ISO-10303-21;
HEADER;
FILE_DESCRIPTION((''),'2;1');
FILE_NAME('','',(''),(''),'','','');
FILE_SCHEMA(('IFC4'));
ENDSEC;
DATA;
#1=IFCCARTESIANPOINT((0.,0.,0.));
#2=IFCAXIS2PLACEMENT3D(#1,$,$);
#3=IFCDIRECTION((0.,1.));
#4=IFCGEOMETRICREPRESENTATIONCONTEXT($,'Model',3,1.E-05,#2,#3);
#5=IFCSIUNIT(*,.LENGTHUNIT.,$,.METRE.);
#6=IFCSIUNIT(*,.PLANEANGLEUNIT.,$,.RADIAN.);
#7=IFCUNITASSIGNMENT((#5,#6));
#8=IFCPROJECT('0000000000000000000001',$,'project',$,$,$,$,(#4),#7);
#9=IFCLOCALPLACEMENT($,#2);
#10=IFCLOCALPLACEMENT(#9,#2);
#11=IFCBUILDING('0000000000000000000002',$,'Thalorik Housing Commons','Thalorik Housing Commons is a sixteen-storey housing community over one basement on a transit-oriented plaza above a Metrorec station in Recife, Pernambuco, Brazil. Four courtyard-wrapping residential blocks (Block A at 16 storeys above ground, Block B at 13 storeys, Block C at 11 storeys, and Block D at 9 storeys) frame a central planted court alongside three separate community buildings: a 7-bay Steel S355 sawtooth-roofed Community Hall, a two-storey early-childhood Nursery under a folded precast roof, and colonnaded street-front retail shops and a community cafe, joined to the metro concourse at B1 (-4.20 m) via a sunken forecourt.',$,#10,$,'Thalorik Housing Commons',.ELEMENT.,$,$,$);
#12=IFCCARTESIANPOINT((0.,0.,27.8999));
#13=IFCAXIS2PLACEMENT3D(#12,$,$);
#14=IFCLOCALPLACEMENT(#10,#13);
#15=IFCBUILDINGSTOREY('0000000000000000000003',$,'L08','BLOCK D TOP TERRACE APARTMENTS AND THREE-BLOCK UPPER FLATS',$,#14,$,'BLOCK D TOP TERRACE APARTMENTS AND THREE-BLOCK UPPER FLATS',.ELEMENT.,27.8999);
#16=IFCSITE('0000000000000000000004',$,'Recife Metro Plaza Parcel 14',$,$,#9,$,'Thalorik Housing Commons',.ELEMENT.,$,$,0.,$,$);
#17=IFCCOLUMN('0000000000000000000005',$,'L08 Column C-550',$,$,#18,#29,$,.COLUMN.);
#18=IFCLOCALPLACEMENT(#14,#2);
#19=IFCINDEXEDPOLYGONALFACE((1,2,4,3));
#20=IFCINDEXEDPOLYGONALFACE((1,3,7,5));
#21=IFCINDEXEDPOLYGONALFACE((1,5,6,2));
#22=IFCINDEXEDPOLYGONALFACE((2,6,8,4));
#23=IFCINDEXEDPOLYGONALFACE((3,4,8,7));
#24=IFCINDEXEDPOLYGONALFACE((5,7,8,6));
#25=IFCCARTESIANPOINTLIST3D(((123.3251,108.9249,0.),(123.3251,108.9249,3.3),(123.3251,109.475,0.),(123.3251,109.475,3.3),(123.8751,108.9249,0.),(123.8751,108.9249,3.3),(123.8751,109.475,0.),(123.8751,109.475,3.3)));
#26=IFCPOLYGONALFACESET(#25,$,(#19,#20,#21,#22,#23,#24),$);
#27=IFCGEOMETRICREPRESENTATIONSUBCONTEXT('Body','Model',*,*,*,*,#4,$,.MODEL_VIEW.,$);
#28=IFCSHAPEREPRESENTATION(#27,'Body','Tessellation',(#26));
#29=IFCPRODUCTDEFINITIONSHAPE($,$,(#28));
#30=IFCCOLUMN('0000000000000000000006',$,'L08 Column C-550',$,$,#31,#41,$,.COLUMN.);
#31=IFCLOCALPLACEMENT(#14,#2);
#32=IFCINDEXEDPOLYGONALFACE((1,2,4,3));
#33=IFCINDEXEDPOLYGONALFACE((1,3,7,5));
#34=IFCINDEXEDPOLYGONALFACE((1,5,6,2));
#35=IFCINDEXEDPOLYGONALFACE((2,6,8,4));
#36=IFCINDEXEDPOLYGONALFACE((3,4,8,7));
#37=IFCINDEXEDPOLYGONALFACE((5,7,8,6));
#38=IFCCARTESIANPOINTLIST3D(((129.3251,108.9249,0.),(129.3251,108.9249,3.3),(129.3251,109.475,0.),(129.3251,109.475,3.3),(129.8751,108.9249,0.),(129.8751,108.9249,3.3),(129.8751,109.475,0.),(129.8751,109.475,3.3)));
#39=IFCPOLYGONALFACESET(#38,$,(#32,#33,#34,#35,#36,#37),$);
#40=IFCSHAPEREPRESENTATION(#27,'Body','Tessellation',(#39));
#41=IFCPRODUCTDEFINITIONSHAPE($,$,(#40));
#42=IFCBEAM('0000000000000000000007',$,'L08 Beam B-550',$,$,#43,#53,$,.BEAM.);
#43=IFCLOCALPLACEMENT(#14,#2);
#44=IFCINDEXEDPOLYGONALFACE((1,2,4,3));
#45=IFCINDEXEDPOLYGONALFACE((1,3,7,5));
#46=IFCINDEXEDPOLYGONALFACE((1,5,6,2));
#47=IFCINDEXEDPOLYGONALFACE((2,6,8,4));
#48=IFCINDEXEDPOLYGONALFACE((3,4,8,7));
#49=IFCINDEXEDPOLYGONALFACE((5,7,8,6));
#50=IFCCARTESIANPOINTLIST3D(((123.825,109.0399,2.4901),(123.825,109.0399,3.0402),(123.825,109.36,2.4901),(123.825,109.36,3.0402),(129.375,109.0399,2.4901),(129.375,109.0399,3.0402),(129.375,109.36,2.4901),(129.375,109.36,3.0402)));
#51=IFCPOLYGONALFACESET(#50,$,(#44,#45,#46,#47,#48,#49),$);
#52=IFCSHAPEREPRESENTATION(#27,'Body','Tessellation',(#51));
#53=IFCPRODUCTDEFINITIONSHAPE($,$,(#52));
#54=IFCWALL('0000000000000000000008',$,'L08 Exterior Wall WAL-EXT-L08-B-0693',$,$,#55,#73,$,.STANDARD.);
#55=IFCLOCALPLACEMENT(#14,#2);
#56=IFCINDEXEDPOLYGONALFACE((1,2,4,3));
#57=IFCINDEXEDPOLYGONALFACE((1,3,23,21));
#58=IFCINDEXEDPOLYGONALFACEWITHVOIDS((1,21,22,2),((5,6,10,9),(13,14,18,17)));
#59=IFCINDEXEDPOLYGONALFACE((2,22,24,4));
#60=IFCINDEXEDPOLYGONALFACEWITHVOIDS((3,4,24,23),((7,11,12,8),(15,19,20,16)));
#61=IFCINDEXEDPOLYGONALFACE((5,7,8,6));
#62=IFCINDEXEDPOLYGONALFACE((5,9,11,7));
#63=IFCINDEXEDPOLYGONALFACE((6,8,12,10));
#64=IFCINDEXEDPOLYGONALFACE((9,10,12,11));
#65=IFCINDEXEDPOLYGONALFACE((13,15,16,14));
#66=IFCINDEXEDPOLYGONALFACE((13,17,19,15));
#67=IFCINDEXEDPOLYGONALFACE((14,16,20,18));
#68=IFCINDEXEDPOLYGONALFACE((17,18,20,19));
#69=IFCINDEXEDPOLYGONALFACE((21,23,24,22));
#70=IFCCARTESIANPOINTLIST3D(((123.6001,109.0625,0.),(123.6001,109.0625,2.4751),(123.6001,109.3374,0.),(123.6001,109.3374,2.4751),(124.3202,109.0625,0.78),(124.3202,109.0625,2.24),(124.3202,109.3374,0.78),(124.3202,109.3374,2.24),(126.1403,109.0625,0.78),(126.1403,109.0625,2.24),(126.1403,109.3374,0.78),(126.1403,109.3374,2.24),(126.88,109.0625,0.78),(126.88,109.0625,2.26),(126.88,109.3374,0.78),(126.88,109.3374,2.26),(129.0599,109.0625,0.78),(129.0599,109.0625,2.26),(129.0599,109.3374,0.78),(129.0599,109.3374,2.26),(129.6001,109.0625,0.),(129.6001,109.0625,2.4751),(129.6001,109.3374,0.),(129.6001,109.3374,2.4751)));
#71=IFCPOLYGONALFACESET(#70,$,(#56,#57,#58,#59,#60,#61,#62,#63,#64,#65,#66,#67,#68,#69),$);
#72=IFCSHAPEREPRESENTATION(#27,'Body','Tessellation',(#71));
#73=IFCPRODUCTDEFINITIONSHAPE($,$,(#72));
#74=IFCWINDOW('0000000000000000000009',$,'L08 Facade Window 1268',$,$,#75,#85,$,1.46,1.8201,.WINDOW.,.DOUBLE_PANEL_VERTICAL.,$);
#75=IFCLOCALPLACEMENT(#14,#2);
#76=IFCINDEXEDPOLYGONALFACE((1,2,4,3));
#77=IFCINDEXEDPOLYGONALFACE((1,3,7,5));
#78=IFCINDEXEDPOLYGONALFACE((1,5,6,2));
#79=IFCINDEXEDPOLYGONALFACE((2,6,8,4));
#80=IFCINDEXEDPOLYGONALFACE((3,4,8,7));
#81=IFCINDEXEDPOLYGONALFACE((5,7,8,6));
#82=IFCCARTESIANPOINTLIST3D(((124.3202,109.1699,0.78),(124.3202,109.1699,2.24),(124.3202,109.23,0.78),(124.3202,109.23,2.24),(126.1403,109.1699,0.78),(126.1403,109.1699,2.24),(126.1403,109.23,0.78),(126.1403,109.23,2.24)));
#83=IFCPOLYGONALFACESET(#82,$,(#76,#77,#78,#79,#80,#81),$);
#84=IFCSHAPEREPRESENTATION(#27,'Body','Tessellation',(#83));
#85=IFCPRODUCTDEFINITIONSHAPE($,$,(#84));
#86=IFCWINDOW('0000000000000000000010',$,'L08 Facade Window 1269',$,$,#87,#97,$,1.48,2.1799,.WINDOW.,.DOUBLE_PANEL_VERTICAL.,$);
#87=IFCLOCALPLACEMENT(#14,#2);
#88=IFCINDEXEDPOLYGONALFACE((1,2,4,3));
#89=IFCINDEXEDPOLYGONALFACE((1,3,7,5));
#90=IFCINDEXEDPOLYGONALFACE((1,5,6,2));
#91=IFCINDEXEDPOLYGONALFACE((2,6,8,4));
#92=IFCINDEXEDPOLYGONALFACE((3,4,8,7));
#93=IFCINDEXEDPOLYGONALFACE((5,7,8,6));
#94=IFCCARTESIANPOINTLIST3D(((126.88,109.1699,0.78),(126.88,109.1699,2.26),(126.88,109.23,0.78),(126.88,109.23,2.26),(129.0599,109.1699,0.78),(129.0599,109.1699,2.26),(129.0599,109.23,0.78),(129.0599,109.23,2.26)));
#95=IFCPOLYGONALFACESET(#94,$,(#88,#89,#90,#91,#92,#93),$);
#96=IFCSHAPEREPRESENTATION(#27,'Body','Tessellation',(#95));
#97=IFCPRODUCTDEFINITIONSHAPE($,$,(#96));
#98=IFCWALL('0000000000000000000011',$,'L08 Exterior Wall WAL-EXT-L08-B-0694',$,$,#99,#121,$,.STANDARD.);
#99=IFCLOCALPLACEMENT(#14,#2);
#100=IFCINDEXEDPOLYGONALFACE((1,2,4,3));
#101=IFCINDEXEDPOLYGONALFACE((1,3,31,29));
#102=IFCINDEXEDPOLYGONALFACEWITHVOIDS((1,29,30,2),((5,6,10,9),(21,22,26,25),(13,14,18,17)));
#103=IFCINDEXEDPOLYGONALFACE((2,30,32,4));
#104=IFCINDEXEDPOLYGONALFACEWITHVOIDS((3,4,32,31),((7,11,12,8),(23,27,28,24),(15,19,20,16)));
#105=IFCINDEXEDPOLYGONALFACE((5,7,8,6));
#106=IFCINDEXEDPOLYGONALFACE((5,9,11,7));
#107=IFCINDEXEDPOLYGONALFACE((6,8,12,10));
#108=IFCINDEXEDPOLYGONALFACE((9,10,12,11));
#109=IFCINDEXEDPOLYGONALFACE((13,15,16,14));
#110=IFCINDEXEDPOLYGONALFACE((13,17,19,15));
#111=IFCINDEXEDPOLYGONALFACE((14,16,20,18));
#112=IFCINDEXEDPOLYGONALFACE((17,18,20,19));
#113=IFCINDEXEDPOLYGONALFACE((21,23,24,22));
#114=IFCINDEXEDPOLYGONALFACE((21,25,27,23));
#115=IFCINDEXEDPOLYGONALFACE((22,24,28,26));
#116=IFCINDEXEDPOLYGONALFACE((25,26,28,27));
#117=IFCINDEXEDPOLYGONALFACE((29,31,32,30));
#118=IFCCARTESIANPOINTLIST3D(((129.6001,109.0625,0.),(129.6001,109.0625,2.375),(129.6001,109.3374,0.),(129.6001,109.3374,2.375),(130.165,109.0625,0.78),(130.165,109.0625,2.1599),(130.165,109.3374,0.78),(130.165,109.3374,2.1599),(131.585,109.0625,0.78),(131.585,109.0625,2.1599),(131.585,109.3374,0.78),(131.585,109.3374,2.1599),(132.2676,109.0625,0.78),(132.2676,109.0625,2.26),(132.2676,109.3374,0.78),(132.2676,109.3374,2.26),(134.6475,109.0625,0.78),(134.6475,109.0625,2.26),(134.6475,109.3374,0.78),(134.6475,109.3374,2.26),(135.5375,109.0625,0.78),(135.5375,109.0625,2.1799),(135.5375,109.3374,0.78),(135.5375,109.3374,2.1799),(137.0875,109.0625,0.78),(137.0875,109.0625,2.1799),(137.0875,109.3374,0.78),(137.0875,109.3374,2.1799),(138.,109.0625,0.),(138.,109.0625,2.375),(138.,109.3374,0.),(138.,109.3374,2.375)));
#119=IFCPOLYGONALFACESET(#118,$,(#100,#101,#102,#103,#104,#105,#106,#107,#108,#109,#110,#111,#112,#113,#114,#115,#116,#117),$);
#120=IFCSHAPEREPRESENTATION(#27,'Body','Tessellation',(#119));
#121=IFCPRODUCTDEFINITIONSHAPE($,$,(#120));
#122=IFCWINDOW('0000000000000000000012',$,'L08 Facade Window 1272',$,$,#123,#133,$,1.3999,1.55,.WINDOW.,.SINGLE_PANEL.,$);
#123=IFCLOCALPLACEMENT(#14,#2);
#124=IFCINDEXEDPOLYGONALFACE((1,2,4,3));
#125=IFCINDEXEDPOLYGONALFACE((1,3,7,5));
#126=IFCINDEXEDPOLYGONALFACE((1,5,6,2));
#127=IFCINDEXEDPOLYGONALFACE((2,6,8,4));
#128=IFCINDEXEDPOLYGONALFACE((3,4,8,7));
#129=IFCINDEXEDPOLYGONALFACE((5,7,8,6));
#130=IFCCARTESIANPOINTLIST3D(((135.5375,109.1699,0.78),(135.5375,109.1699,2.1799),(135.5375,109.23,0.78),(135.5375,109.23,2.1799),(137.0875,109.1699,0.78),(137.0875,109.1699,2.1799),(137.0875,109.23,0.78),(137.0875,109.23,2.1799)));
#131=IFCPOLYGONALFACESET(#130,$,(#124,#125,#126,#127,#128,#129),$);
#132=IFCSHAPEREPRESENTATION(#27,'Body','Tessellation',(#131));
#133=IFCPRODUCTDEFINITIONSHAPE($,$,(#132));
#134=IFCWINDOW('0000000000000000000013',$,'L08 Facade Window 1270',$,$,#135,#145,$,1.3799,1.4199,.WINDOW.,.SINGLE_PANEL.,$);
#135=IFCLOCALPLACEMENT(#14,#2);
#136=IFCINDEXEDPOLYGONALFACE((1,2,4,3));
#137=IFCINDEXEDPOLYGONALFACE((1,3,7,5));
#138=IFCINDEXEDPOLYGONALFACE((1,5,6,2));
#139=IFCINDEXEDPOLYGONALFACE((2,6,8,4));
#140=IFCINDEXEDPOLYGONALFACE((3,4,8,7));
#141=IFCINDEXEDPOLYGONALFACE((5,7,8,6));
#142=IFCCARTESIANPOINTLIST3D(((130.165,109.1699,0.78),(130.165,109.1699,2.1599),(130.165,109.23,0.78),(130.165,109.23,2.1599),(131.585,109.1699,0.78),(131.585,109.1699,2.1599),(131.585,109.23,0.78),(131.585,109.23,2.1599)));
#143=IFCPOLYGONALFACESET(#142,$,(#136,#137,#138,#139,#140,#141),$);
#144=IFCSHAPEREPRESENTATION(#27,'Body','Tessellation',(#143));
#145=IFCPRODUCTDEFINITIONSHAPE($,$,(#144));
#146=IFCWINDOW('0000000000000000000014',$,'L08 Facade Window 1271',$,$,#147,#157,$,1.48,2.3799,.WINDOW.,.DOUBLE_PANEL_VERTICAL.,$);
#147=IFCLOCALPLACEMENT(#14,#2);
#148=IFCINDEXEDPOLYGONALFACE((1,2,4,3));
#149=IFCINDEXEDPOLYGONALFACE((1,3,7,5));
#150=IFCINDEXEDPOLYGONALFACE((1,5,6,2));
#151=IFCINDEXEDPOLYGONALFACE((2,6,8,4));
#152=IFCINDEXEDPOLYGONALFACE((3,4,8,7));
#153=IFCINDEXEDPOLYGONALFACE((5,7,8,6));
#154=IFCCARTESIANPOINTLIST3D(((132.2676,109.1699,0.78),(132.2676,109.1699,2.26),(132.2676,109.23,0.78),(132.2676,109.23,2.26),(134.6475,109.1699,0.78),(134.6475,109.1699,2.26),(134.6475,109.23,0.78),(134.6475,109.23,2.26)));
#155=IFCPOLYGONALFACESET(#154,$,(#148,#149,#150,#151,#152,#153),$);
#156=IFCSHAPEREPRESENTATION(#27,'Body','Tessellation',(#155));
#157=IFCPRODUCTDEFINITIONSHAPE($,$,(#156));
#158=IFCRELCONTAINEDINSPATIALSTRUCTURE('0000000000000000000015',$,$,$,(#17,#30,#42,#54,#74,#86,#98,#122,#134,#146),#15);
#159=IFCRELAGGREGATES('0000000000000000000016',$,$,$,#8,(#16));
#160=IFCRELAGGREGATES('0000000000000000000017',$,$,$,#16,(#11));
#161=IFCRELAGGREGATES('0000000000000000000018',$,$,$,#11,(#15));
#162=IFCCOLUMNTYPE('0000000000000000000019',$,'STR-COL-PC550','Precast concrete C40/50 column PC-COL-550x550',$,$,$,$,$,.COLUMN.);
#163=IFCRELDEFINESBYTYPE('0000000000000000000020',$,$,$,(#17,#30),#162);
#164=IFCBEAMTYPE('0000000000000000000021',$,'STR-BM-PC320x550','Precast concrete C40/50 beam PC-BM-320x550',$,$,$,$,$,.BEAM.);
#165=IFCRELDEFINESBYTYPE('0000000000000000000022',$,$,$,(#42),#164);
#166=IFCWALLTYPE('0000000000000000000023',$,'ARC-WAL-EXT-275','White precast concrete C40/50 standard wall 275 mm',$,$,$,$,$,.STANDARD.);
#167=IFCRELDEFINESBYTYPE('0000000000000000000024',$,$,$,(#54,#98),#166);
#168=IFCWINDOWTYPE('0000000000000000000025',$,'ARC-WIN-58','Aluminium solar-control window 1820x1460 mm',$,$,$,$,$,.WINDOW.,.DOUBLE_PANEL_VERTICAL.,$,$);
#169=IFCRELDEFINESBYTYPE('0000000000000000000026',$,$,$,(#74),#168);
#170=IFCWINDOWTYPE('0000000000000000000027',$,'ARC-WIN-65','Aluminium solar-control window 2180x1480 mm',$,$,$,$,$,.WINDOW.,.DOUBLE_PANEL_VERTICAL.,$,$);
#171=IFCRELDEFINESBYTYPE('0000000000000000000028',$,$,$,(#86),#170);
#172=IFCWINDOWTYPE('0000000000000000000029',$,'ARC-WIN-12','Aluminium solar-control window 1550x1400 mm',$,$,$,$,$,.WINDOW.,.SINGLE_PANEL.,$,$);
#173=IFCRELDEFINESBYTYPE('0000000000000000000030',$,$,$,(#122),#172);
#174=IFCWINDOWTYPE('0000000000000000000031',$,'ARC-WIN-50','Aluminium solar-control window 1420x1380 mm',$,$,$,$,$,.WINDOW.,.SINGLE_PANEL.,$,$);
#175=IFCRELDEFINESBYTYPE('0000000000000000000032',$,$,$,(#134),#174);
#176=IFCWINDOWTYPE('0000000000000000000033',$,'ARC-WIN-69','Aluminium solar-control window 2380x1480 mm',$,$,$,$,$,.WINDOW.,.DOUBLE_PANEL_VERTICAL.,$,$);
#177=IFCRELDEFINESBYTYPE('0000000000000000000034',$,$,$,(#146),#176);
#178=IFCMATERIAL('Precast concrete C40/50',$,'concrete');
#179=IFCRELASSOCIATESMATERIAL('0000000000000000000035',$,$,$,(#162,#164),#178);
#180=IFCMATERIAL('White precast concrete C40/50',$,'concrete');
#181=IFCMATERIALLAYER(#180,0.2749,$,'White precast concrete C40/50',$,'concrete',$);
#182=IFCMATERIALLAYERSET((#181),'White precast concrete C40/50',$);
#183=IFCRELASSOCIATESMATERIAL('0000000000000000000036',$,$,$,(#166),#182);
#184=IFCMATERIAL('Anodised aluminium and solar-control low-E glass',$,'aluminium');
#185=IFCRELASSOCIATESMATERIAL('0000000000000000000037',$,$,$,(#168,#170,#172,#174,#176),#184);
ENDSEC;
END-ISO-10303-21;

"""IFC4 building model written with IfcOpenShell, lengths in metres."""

from ifc_helpers import new_model, si_unit, direction, frame, frame_2d, origin, origin_2d, place, context, subcontext, project, spatial, rectangle, extrude, material, layer, layer_set, material_profile, profile_set, type_object, element, fill, save


model = new_model("IFC4")

# Units and contexts
model_context = context("Model", 3, precision=1e-05, world=origin(), true_north=direction((0.0, 1.0)))
body_context = subcontext(model_context, "Body", "Model", "MODEL_VIEW")
ifc_project = project(units=[si_unit("LENGTHUNIT", "METRE"), si_unit("PLANEANGLEUNIT", "RADIAN")], contexts=[model_context])

# Site, building, storey
site_placement = place(None, origin())
site = spatial("IfcSite", under=ifc_project, at=site_placement, Name="Recife Metro Plaza Parcel 14", LongName="Thalorik Housing Commons", CompositionType="ELEMENT", RefElevation=0.0)
building_placement = place(site_placement, origin())
building = spatial("IfcBuilding", under=site, at=building_placement, Name="Thalorik Housing Commons", Description="Thalorik Housing Commons is a sixteen-storey housing community over one basement on a transit-oriented plaza above a Metrorec station in Recife, Pernambuco, Brazil. Four courtyard-wrapping residential blocks (Block A at 16 storeys above ground, Block B at 13 storeys, Block C at 11 storeys, and Block D at 9 storeys) frame a central planted court alongside three separate community buildings: a 7-bay Steel S355 sawtooth-roofed Community Hall, a two-storey early-childhood Nursery under a folded precast roof, and colonnaded street-front retail shops and a community cafe, joined to the metro concourse at B1 (-4.20 m) via a sunken forecourt.", LongName="Thalorik Housing Commons", CompositionType="ELEMENT")
storey_placement = place(building_placement, frame((0.0, 0.0, 27.8999)))
storey = spatial("IfcBuildingStorey", under=building, at=storey_placement, Name="L08", Description="BLOCK D TOP TERRACE APARTMENTS AND THREE-BLOCK UPPER FLATS", LongName="BLOCK D TOP TERRACE APARTMENTS AND THREE-BLOCK UPPER FLATS", CompositionType="ELEMENT", Elevation=27.8999)

# Columns
ifc_material_1 = material(Name="Precast concrete C40/50", Category="concrete")
ifc_material_profile_1 = material_profile(ifc_material_1, rectangle(XDim=0.55, YDim=0.55, at=origin_2d()), Name="PC 550x550", Category="concrete")
ifc_profile_set_1 = profile_set([ifc_material_profile_1], Name="Precast concrete C40/50")
column_type = type_object("IfcColumnType", Name="STR-COL-PC550", Description="Precast concrete C40/50 column PC-COL-550x550", PredefinedType="COLUMN", material=ifc_profile_set_1)
for number, where, z_axis, x_axis, name in (
    (1, (123.6001, 109.2, 0.0), (0.0, 0.0, 1.0), (1.0, 0.0, 0.0), "L08 Column C-550"),
    (2, (129.6001, 109.2, 0.0), (0.0, 0.0, 1.0), (1.0, 0.0, 0.0), "L08 Column C-550"),
):
    element("IfcColumn", number, at=place(storey_placement, frame(where, z_axis=z_axis, x_axis=x_axis)), inside=storey, type_object=column_type, Name=name, PredefinedType="COLUMN", context=body_context, shape_type="SweptSolid", body=[
        extrude(rectangle(XDim=0.55, YDim=0.55, at=origin_2d()), origin(), (0.0, 0.0, 1.0), 3.3),
    ])

# Beam
ifc_material_profile_2 = material_profile(ifc_material_1, rectangle(XDim=0.3201, YDim=0.55, at=origin_2d()), Name="PC 320x550", Category="concrete")
ifc_profile_set_2 = profile_set([ifc_material_profile_2], Name="Precast concrete C40/50")
beam_type = type_object("IfcBeamType", Name="STR-BM-PC320x550", Description="Precast concrete C40/50 beam PC-BM-320x550", PredefinedType="BEAM", material=ifc_profile_set_2)
beam_placement = place(storey_placement, frame((123.825, 109.2, 2.7651), z_axis=(1.0, 0.0, 0.0), x_axis=(0.0, 1.0, 0.0)))
element("IfcBeam", 3, at=beam_placement, inside=storey, type_object=beam_type, Name="L08 Beam B-550", PredefinedType="BEAM", context=body_context, shape_type="SweptSolid", body=[
    extrude(rectangle(XDim=0.3201, YDim=0.55, at=origin_2d()), origin(), (0.0, 0.0, 1.0), 5.55),
])

# Walls, openings, windows
ifc_material_2 = material(Name="White precast concrete C40/50", Category="concrete")
ifc_layer_1 = layer(ifc_material_2, 0.2749, Name="White precast concrete C40/50", Category="concrete")
ifc_layer_set_1 = layer_set([ifc_layer_1], Name="White precast concrete C40/50")
wall_type = type_object("IfcWallType", Name="ARC-WAL-EXT-275", Description="White precast concrete C40/50 standard wall 275 mm", PredefinedType="STANDARD", material=ifc_layer_set_1)
wall_1_placement = place(storey_placement, frame((123.6001, 109.2, 0.0), z_axis=(0.0, 0.0, 1.0), x_axis=(1.0, 0.0, 0.0)))
wall_1 = element("IfcWall", 4, at=wall_1_placement, inside=storey, type_object=wall_type, Name="L08 Exterior Wall WAL-EXT-L08-B-0693", PredefinedType="STANDARD", context=body_context, shape_type="SweptSolid", body=[
    extrude(rectangle(XDim=6.0, YDim=0.2749, at=frame_2d((3.0, 0.0))), origin(), (0.0, 0.0, 1.0), 2.4751),
])
opening_1_placement = place(wall_1_placement, frame((0.72, 0.0, 0.78)))
opening_1 = element("IfcOpeningElement", 5, at=opening_1_placement, cuts=wall_1, PredefinedType="OPENING", context=body_context, shape_type="SweptSolid", body=[
    extrude(rectangle(XDim=1.8201, YDim=1.46, at=frame_2d((0.9102, 0.73))), frame((0.0, 0.1475, 0.0), z_axis=(0.0, -1.0, 0.0), x_axis=(1.0, 0.0, 0.0)), (0.0, 0.0, 1.0), 0.2949),
])
opening_2_placement = place(wall_1_placement, frame((3.28, 0.0, 0.78)))
opening_2 = element("IfcOpeningElement", 6, at=opening_2_placement, cuts=wall_1, PredefinedType="OPENING", context=body_context, shape_type="SweptSolid", body=[
    extrude(rectangle(XDim=2.1799, YDim=1.48, at=frame_2d((1.0898, 0.74))), frame((0.0, 0.1475, 0.0), z_axis=(0.0, -1.0, 0.0), x_axis=(1.0, 0.0, 0.0)), (0.0, 0.0, 1.0), 0.2949),
])
ifc_material_3 = material(Name="Anodised aluminium and solar-control low-E glass", Category="aluminium")
window_type_1 = type_object("IfcWindowType", Name="ARC-WIN-58", Description="Aluminium solar-control window 1820x1460 mm", PartitioningType="DOUBLE_PANEL_VERTICAL", PredefinedType="WINDOW", material=ifc_material_3)
window_1_placement = place(opening_1_placement, origin())
window_1 = element("IfcWindow", 7, at=window_1_placement, inside=storey, type_object=window_type_1, Name="L08 Facade Window 1268", OverallHeight=1.46, OverallWidth=1.8201, PartitioningType="DOUBLE_PANEL_VERTICAL", PredefinedType="WINDOW", context=body_context, shape_type="SweptSolid", body=[
    extrude(rectangle(XDim=1.8201, YDim=1.46, at=frame_2d((0.9102, 0.73))), frame((0.0, 0.03, 0.0), z_axis=(0.0, -1.0, 0.0), x_axis=(1.0, 0.0, 0.0)), (0.0, 0.0, 1.0), 0.0601),
])
fill(opening_1, window_1)
window_type_2 = type_object("IfcWindowType", Name="ARC-WIN-65", Description="Aluminium solar-control window 2180x1480 mm", PartitioningType="DOUBLE_PANEL_VERTICAL", PredefinedType="WINDOW", material=ifc_material_3)
window_2_placement = place(opening_2_placement, origin())
window_2 = element("IfcWindow", 8, at=window_2_placement, inside=storey, type_object=window_type_2, Name="L08 Facade Window 1269", OverallHeight=1.48, OverallWidth=2.1799, PartitioningType="DOUBLE_PANEL_VERTICAL", PredefinedType="WINDOW", context=body_context, shape_type="SweptSolid", body=[
    extrude(rectangle(XDim=2.1799, YDim=1.48, at=frame_2d((1.0898, 0.74))), frame((0.0, 0.03, 0.0), z_axis=(0.0, -1.0, 0.0), x_axis=(1.0, 0.0, 0.0)), (0.0, 0.0, 1.0), 0.0601),
])
fill(opening_2, window_2)
wall_2_placement = place(storey_placement, frame((129.6001, 109.2, 0.0), z_axis=(0.0, 0.0, 1.0), x_axis=(1.0, 0.0, 0.0)))
wall_2 = element("IfcWall", 9, at=wall_2_placement, inside=storey, type_object=wall_type, Name="L08 Exterior Wall WAL-EXT-L08-B-0694", PredefinedType="STANDARD", context=body_context, shape_type="SweptSolid", body=[
    extrude(rectangle(XDim=8.3999, YDim=0.2749, at=frame_2d((4.2, 0.0))), origin(), (0.0, 0.0, 1.0), 2.375),
])
opening_3_placement = place(wall_2_placement, frame((0.5649, 0.0, 0.78)))
opening_3 = element("IfcOpeningElement", 10, at=opening_3_placement, cuts=wall_2, PredefinedType="OPENING", context=body_context, shape_type="SweptSolid", body=[
    extrude(rectangle(XDim=1.4199, YDim=1.3799, at=frame_2d((0.71, 0.6899))), frame((0.0, 0.1475, 0.0), z_axis=(0.0, -1.0, 0.0), x_axis=(1.0, 0.0, 0.0)), (0.0, 0.0, 1.0), 0.2949),
])
opening_4_placement = place(wall_2_placement, frame((2.6675, 0.0, 0.78)))
opening_4 = element("IfcOpeningElement", 11, at=opening_4_placement, cuts=wall_2, PredefinedType="OPENING", context=body_context, shape_type="SweptSolid", body=[
    extrude(rectangle(XDim=2.3799, YDim=1.48, at=frame_2d((1.1899, 0.74))), frame((0.0, 0.1475, 0.0), z_axis=(0.0, -1.0, 0.0), x_axis=(1.0, 0.0, 0.0)), (0.0, 0.0, 1.0), 0.2949),
])
opening_5_placement = place(wall_2_placement, frame((5.9375, 0.0, 0.78)))
opening_5 = element("IfcOpeningElement", 12, at=opening_5_placement, cuts=wall_2, PredefinedType="OPENING", context=body_context, shape_type="SweptSolid", body=[
    extrude(rectangle(XDim=1.55, YDim=1.3999, at=frame_2d((0.7749, 0.7))), frame((0.0, 0.1475, 0.0), z_axis=(0.0, -1.0, 0.0), x_axis=(1.0, 0.0, 0.0)), (0.0, 0.0, 1.0), 0.2949),
])
window_type_3 = type_object("IfcWindowType", Name="ARC-WIN-12", Description="Aluminium solar-control window 1550x1400 mm", PartitioningType="SINGLE_PANEL", PredefinedType="WINDOW", material=ifc_material_3)
window_3_placement = place(opening_5_placement, origin())
window_3 = element("IfcWindow", 13, at=window_3_placement, inside=storey, type_object=window_type_3, Name="L08 Facade Window 1272", OverallHeight=1.3999, OverallWidth=1.55, PartitioningType="SINGLE_PANEL", PredefinedType="WINDOW", context=body_context, shape_type="SweptSolid", body=[
    extrude(rectangle(XDim=1.55, YDim=1.3999, at=frame_2d((0.7749, 0.7))), frame((0.0, 0.03, 0.0), z_axis=(0.0, -1.0, 0.0), x_axis=(1.0, 0.0, 0.0)), (0.0, 0.0, 1.0), 0.0601),
])
fill(opening_5, window_3)
window_type_4 = type_object("IfcWindowType", Name="ARC-WIN-50", Description="Aluminium solar-control window 1420x1380 mm", PartitioningType="SINGLE_PANEL", PredefinedType="WINDOW", material=ifc_material_3)
window_4_placement = place(opening_3_placement, origin())
window_4 = element("IfcWindow", 14, at=window_4_placement, inside=storey, type_object=window_type_4, Name="L08 Facade Window 1270", OverallHeight=1.3799, OverallWidth=1.4199, PartitioningType="SINGLE_PANEL", PredefinedType="WINDOW", context=body_context, shape_type="SweptSolid", body=[
    extrude(rectangle(XDim=1.4199, YDim=1.3799, at=frame_2d((0.71, 0.6899))), frame((0.0, 0.03, 0.0), z_axis=(0.0, -1.0, 0.0), x_axis=(1.0, 0.0, 0.0)), (0.0, 0.0, 1.0), 0.0601),
])
fill(opening_3, window_4)
window_type_5 = type_object("IfcWindowType", Name="ARC-WIN-69", Description="Aluminium solar-control window 2380x1480 mm", PartitioningType="DOUBLE_PANEL_VERTICAL", PredefinedType="WINDOW", material=ifc_material_3)
window_5_placement = place(opening_4_placement, origin())
window_5 = element("IfcWindow", 15, at=window_5_placement, inside=storey, type_object=window_type_5, Name="L08 Facade Window 1271", OverallHeight=1.48, OverallWidth=2.3799, PartitioningType="DOUBLE_PANEL_VERTICAL", PredefinedType="WINDOW", context=body_context, shape_type="SweptSolid", body=[
    extrude(rectangle(XDim=2.3799, YDim=1.48, at=frame_2d((1.1899, 0.74))), frame((0.0, 0.03, 0.0), z_axis=(0.0, -1.0, 0.0), x_axis=(1.0, 0.0, 0.0)), (0.0, 0.0, 1.0), 0.0601),
])
fill(opening_4, window_5)

save(model, "model.ifc")
